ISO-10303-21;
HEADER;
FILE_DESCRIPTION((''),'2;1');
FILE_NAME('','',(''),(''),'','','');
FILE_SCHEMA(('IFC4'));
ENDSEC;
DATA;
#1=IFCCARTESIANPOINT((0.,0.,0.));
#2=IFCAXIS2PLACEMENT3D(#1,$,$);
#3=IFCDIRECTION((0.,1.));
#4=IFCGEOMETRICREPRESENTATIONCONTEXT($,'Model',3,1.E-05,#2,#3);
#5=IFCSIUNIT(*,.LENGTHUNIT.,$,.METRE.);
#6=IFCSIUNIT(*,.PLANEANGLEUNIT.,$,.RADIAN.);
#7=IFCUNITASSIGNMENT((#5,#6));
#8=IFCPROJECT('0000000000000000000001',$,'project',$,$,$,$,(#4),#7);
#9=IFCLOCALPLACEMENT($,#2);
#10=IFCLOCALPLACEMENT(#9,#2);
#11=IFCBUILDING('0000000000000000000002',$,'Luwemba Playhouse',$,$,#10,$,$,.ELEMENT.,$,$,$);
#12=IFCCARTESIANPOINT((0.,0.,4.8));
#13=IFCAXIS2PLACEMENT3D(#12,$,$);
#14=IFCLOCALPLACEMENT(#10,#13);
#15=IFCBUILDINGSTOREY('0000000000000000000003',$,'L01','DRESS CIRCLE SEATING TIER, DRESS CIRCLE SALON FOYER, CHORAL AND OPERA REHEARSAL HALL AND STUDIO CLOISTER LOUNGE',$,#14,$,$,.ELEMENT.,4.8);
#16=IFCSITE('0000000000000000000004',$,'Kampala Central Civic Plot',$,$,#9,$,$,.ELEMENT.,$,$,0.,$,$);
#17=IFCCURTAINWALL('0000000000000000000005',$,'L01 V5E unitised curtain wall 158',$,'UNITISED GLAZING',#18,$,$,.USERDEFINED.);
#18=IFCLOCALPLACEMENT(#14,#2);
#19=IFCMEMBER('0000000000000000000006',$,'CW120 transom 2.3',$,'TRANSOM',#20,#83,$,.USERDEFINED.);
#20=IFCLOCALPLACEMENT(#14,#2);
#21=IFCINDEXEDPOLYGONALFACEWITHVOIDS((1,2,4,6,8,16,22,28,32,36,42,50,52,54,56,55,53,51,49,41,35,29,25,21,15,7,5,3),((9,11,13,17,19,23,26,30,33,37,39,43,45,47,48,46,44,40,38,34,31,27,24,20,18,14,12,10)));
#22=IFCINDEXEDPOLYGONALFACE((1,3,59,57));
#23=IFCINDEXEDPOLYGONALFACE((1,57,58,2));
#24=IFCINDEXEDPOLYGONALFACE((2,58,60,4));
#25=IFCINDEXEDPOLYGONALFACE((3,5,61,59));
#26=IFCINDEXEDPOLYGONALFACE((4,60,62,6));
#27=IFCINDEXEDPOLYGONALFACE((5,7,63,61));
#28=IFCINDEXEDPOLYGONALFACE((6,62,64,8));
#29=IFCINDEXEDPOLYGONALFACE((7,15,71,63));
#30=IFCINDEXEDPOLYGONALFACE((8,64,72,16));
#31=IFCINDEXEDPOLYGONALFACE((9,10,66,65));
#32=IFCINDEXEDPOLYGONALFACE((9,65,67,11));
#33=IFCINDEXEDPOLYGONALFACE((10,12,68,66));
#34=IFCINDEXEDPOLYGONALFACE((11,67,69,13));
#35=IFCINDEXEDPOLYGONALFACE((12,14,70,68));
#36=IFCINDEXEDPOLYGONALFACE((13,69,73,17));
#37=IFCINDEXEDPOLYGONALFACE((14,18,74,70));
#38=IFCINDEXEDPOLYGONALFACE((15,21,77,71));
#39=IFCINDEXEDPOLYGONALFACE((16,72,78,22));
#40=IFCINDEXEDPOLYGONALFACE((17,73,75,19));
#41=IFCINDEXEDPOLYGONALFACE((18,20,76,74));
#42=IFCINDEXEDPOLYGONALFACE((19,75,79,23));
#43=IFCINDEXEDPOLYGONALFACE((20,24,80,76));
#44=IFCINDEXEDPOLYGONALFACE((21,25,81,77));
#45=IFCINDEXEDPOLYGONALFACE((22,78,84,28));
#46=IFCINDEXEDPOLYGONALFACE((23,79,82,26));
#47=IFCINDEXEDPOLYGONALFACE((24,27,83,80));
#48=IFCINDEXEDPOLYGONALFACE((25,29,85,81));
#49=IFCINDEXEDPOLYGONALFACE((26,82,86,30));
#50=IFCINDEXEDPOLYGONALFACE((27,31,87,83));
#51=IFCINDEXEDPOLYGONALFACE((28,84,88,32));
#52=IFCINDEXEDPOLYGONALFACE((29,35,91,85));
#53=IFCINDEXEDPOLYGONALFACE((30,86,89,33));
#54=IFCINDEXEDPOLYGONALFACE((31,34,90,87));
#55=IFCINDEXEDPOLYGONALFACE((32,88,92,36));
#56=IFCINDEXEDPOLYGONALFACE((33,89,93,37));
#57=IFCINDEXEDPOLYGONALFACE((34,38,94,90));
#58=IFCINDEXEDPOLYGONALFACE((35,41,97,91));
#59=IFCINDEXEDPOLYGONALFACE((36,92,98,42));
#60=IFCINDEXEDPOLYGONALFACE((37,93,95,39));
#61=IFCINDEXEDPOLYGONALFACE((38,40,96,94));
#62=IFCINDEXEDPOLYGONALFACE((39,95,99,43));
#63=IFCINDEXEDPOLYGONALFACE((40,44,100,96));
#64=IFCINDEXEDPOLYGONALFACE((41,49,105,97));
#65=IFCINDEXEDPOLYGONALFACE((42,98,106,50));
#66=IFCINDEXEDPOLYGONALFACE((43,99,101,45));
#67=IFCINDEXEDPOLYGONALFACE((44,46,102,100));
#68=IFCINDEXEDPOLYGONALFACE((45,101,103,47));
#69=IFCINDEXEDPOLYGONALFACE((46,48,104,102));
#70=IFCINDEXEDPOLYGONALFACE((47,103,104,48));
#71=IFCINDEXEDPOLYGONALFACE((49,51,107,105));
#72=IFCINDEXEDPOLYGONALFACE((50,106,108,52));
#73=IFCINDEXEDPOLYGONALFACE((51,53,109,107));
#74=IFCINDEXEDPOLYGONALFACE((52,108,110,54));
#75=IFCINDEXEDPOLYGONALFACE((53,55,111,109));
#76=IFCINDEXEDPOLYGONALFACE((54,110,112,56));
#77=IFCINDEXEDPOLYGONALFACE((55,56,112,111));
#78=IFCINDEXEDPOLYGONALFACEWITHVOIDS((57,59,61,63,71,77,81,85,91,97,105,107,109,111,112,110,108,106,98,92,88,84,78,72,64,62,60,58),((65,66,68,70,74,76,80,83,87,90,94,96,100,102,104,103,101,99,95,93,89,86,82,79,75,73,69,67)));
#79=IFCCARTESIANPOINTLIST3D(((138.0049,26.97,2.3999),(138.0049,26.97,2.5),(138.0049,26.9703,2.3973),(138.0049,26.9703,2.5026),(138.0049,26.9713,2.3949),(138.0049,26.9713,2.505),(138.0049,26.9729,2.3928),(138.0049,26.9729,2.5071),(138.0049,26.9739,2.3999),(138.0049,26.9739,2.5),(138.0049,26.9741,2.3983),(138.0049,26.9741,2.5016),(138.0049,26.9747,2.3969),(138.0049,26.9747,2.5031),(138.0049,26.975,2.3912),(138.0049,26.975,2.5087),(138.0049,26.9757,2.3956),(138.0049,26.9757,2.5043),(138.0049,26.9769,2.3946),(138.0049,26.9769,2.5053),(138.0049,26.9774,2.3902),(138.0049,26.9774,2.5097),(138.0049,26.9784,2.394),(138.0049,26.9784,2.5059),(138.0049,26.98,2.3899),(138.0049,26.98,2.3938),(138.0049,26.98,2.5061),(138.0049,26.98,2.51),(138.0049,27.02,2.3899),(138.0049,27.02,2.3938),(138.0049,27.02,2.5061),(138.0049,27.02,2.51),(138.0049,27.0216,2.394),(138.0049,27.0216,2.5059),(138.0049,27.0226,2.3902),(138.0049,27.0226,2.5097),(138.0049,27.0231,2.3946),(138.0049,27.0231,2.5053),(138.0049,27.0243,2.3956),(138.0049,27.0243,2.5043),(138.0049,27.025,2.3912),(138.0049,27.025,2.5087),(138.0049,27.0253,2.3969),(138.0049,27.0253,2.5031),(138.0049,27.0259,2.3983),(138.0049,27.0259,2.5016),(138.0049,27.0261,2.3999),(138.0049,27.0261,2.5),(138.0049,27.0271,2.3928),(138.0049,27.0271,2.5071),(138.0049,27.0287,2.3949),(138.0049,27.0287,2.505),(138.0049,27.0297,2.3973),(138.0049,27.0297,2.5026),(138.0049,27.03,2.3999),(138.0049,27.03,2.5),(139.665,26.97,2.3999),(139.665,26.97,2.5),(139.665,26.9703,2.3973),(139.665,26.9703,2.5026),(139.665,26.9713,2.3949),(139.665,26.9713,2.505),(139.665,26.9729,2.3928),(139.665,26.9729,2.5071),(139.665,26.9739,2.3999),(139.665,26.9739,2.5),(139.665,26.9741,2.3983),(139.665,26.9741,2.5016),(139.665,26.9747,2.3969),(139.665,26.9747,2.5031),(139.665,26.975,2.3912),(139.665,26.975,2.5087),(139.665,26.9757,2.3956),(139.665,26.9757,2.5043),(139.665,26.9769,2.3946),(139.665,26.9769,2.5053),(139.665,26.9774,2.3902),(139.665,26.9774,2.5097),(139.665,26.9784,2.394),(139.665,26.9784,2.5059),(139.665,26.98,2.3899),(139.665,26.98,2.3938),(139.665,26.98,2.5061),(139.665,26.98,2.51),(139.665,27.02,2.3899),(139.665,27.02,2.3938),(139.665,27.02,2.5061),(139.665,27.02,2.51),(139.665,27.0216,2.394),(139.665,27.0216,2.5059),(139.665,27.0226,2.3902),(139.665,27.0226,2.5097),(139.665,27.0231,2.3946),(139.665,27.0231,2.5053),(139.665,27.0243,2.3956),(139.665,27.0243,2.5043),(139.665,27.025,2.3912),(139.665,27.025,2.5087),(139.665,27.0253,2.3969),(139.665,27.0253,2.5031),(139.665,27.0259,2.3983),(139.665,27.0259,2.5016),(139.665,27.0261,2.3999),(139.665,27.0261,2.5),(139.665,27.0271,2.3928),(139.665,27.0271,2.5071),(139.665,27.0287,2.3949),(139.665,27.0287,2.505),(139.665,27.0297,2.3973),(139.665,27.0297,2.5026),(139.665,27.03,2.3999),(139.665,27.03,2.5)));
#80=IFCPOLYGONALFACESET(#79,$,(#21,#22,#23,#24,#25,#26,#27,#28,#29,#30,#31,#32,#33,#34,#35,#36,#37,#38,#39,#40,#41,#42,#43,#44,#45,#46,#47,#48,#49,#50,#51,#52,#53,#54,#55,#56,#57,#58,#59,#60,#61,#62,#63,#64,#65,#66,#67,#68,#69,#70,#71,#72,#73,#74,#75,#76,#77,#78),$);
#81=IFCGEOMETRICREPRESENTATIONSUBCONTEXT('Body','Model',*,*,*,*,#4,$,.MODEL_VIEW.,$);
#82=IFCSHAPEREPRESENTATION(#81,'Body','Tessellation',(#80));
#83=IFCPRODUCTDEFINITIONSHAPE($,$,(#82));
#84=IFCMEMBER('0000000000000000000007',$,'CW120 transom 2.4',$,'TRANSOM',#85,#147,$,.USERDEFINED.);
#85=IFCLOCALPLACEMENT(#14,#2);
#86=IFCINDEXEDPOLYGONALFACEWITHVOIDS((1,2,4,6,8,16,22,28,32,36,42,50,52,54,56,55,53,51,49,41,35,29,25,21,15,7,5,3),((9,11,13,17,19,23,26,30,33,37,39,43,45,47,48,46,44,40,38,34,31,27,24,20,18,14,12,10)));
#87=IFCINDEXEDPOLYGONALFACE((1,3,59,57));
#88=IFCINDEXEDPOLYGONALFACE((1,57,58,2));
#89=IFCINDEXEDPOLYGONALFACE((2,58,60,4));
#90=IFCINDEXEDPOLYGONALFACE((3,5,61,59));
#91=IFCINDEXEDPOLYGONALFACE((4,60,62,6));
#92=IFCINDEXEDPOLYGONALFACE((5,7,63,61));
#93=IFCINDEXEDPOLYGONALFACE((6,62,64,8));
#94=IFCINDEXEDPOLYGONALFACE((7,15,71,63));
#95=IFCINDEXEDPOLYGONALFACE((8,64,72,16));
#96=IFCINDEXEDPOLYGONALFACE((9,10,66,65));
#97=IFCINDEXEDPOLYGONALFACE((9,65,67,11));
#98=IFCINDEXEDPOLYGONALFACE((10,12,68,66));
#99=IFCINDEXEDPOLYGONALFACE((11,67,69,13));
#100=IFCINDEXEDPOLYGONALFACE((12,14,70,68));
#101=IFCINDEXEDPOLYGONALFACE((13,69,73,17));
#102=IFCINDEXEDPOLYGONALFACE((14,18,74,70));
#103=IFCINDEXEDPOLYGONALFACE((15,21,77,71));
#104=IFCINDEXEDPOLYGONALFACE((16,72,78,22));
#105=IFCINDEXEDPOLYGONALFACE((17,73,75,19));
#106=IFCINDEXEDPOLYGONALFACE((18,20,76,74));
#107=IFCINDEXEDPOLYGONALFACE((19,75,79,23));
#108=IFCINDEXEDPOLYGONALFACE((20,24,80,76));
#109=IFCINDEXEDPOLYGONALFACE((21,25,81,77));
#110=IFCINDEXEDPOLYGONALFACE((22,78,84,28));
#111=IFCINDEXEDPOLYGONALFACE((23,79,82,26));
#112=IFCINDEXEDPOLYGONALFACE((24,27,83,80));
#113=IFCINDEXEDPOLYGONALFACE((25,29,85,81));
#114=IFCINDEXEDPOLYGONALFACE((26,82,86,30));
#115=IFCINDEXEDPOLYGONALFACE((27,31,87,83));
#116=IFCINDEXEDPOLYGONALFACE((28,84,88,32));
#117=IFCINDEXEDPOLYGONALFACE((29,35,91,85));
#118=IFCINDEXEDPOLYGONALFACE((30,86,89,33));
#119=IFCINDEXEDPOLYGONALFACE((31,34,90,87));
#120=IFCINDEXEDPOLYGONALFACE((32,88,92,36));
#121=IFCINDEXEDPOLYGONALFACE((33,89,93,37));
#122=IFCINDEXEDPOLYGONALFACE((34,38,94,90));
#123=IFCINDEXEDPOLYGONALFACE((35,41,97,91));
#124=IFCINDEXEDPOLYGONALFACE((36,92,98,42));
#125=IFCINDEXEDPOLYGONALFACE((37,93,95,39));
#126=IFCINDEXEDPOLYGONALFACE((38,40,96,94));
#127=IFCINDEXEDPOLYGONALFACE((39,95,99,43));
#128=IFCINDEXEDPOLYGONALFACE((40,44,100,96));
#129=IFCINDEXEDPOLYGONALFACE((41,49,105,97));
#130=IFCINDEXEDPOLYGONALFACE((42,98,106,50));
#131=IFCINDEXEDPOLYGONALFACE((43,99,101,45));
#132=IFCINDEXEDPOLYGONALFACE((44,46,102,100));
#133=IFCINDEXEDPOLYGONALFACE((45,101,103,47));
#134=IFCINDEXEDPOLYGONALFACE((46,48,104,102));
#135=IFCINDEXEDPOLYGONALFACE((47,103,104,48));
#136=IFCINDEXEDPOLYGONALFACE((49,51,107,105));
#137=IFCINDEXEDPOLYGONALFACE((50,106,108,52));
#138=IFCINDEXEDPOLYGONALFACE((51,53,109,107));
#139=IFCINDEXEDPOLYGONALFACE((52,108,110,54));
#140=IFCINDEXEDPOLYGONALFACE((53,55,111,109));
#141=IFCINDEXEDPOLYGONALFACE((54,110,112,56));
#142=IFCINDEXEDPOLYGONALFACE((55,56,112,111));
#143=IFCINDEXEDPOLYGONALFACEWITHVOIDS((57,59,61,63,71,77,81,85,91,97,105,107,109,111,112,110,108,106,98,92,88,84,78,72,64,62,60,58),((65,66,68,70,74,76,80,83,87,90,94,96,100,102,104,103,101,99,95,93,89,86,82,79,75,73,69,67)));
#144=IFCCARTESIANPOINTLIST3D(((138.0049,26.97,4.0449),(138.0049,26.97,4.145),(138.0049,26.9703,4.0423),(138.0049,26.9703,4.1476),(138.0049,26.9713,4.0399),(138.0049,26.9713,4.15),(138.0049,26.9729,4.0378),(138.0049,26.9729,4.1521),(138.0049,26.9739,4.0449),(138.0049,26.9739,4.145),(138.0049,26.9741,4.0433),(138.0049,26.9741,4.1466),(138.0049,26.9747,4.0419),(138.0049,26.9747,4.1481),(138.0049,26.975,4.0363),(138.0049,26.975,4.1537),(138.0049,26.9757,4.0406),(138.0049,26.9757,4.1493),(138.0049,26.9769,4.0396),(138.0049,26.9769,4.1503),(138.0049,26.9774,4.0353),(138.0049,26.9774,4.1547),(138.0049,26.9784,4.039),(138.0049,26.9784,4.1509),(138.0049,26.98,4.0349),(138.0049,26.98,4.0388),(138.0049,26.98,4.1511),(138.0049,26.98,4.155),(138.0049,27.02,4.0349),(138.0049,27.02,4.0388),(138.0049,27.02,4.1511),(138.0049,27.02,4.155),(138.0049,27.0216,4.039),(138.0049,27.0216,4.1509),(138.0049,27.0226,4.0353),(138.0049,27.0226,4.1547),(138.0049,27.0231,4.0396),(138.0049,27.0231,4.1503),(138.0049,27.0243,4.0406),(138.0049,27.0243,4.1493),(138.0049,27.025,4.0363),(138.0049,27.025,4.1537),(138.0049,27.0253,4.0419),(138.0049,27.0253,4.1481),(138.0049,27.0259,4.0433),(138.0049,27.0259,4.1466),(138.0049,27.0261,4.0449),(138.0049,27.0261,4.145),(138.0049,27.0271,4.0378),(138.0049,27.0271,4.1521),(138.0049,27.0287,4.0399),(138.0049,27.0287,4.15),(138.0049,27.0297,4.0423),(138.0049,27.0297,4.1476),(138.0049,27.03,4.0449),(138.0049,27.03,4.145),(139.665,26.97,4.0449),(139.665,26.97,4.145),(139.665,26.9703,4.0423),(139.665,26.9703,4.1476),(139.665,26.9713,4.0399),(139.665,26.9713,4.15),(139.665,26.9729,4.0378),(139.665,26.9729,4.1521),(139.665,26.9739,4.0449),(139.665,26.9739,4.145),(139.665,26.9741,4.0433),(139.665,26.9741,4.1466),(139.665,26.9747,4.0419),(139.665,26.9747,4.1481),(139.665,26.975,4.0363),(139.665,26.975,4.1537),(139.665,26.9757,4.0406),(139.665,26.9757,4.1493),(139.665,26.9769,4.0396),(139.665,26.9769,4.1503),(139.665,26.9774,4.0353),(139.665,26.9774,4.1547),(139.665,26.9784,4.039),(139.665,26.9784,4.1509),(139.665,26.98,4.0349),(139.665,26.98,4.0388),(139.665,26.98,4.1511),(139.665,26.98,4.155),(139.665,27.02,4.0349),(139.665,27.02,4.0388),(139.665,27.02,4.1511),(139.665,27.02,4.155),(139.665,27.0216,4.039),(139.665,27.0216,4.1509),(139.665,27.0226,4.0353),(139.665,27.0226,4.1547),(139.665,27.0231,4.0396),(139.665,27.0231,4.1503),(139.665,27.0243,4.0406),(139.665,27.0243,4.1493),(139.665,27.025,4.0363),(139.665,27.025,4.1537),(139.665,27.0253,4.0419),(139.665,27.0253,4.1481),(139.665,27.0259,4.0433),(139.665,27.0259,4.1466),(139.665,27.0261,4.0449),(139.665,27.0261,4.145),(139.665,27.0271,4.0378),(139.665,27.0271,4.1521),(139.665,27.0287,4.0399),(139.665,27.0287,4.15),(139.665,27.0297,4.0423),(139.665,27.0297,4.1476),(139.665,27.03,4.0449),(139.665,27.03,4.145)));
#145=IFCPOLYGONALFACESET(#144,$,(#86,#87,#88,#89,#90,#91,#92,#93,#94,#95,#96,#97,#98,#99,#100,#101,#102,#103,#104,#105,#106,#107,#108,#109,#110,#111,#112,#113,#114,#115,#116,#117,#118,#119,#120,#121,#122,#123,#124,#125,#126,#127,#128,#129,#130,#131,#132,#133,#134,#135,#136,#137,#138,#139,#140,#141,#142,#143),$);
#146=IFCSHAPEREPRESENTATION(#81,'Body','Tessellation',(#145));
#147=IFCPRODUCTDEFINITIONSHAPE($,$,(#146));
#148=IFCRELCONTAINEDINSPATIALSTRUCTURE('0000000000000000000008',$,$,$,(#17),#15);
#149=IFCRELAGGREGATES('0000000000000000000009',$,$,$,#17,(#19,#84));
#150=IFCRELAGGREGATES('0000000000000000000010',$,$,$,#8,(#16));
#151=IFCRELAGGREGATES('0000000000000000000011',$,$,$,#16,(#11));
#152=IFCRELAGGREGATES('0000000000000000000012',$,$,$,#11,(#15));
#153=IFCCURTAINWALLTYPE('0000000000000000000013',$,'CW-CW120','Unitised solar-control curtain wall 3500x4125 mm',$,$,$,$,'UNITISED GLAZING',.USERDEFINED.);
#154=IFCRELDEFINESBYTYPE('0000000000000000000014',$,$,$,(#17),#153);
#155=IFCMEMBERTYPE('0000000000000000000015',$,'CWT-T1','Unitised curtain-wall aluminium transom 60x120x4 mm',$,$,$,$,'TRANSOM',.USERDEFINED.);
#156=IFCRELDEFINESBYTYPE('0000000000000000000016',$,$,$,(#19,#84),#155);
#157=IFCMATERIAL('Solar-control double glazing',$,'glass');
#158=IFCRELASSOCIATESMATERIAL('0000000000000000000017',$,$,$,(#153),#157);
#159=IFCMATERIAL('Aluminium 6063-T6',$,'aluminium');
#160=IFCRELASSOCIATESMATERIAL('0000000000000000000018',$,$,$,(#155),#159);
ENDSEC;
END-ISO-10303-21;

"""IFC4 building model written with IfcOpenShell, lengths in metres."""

from ifc_helpers import new_model, si_unit, direction, frame, origin, origin_2d, place, context, subcontext, project, spatial, hollow_rectangle, extrude, material, material_profile, profile_set, type_object, element, aggregate, save


model = new_model("IFC4")

# Units and contexts
model_context = context("Model", 3, precision=1e-05, world=origin(), true_north=direction((0.0, 1.0)))
body_context = subcontext(model_context, "Body", "Model", "MODEL_VIEW")
ifc_project = project(units=[si_unit("LENGTHUNIT", "METRE"), si_unit("PLANEANGLEUNIT", "RADIAN")], contexts=[model_context])

# Site, building, storey
site_placement = place(None, origin())
site = spatial("IfcSite", under=ifc_project, at=site_placement, Name="Kampala Central Civic Plot", CompositionType="ELEMENT", RefElevation=0.0)
building_placement = place(site_placement, origin())
building = spatial("IfcBuilding", under=site, at=building_placement, Name="Luwemba Playhouse", CompositionType="ELEMENT")
storey_placement = place(building_placement, frame((0.0, 0.0, 4.8)))
storey = spatial("IfcBuildingStorey", under=building, at=storey_placement, Name="L01", Description="DRESS CIRCLE SEATING TIER, DRESS CIRCLE SALON FOYER, CHORAL AND OPERA REHEARSAL HALL AND STUDIO CLOISTER LOUNGE", CompositionType="ELEMENT", Elevation=4.8)

# Curtain wall
ifc_material_1 = material(Name="Solar-control double glazing", Category="glass")
curtain_wall_type_1 = type_object("IfcCurtainWallType", Name="CW-CW120", Description="Unitised solar-control curtain wall 3500x4125 mm", ElementType="UNITISED GLAZING", PredefinedType="USERDEFINED", material=ifc_material_1)
curtain_wall_1_placement = place(storey_placement, origin())
curtain_wall_1 = element("IfcCurtainWall", 1, at=curtain_wall_1_placement, inside=storey, type_object=curtain_wall_type_1, Name="L01 V5E unitised curtain wall 158", ObjectType="UNITISED GLAZING", PredefinedType="USERDEFINED")
ifc_material_2 = material(Name="Aluminium 6063-T6", Category="aluminium")

# Members
ifc_material_profile_1 = material_profile(ifc_material_2, hollow_rectangle(XDim=0.0601, YDim=0.1201, WallThickness=0.0039, InnerFilletRadius=0.0061, OuterFilletRadius=0.01, at=origin_2d()))
ifc_profile_set_1 = profile_set([ifc_material_profile_1], Name="Aluminium 6063-T6")
member_type_1 = type_object("IfcMemberType", Name="CWT-T1", Description="Unitised curtain-wall aluminium transom 60x120x4 mm", ElementType="TRANSOM", PredefinedType="USERDEFINED", material=ifc_profile_set_1)
member_1_placement = place(storey_placement, frame((138.0049, 27.0, 2.45), z_axis=(1.0, 0.0, 0.0), x_axis=(0.0, 1.0, 0.0)))
member_1 = element("IfcMember", 2, at=member_1_placement, type_object=member_type_1, Name="CW120 transom 2.3", ObjectType="TRANSOM", PredefinedType="USERDEFINED", context=body_context, shape_type="SweptSolid", body=[
    extrude(hollow_rectangle(XDim=0.0601, YDim=0.1201, WallThickness=0.0039, InnerFilletRadius=0.0061, OuterFilletRadius=0.01, at=origin_2d()), origin(), (0.0, 0.0, 1.0), 1.6602),
])
member_2_placement = place(storey_placement, frame((138.0049, 27.0, 4.095), z_axis=(1.0, 0.0, 0.0), x_axis=(0.0, 1.0, 0.0)))
member_2 = element("IfcMember", 3, at=member_2_placement, type_object=member_type_1, Name="CW120 transom 2.4", ObjectType="TRANSOM", PredefinedType="USERDEFINED", context=body_context, shape_type="SweptSolid", body=[
    extrude(hollow_rectangle(XDim=0.0601, YDim=0.1201, WallThickness=0.0039, InnerFilletRadius=0.0061, OuterFilletRadius=0.01, at=origin_2d()), origin(), (0.0, 0.0, 1.0), 1.6602),
])

aggregate(curtain_wall_1, [member_1, member_2])

save(model, "model.ifc")
